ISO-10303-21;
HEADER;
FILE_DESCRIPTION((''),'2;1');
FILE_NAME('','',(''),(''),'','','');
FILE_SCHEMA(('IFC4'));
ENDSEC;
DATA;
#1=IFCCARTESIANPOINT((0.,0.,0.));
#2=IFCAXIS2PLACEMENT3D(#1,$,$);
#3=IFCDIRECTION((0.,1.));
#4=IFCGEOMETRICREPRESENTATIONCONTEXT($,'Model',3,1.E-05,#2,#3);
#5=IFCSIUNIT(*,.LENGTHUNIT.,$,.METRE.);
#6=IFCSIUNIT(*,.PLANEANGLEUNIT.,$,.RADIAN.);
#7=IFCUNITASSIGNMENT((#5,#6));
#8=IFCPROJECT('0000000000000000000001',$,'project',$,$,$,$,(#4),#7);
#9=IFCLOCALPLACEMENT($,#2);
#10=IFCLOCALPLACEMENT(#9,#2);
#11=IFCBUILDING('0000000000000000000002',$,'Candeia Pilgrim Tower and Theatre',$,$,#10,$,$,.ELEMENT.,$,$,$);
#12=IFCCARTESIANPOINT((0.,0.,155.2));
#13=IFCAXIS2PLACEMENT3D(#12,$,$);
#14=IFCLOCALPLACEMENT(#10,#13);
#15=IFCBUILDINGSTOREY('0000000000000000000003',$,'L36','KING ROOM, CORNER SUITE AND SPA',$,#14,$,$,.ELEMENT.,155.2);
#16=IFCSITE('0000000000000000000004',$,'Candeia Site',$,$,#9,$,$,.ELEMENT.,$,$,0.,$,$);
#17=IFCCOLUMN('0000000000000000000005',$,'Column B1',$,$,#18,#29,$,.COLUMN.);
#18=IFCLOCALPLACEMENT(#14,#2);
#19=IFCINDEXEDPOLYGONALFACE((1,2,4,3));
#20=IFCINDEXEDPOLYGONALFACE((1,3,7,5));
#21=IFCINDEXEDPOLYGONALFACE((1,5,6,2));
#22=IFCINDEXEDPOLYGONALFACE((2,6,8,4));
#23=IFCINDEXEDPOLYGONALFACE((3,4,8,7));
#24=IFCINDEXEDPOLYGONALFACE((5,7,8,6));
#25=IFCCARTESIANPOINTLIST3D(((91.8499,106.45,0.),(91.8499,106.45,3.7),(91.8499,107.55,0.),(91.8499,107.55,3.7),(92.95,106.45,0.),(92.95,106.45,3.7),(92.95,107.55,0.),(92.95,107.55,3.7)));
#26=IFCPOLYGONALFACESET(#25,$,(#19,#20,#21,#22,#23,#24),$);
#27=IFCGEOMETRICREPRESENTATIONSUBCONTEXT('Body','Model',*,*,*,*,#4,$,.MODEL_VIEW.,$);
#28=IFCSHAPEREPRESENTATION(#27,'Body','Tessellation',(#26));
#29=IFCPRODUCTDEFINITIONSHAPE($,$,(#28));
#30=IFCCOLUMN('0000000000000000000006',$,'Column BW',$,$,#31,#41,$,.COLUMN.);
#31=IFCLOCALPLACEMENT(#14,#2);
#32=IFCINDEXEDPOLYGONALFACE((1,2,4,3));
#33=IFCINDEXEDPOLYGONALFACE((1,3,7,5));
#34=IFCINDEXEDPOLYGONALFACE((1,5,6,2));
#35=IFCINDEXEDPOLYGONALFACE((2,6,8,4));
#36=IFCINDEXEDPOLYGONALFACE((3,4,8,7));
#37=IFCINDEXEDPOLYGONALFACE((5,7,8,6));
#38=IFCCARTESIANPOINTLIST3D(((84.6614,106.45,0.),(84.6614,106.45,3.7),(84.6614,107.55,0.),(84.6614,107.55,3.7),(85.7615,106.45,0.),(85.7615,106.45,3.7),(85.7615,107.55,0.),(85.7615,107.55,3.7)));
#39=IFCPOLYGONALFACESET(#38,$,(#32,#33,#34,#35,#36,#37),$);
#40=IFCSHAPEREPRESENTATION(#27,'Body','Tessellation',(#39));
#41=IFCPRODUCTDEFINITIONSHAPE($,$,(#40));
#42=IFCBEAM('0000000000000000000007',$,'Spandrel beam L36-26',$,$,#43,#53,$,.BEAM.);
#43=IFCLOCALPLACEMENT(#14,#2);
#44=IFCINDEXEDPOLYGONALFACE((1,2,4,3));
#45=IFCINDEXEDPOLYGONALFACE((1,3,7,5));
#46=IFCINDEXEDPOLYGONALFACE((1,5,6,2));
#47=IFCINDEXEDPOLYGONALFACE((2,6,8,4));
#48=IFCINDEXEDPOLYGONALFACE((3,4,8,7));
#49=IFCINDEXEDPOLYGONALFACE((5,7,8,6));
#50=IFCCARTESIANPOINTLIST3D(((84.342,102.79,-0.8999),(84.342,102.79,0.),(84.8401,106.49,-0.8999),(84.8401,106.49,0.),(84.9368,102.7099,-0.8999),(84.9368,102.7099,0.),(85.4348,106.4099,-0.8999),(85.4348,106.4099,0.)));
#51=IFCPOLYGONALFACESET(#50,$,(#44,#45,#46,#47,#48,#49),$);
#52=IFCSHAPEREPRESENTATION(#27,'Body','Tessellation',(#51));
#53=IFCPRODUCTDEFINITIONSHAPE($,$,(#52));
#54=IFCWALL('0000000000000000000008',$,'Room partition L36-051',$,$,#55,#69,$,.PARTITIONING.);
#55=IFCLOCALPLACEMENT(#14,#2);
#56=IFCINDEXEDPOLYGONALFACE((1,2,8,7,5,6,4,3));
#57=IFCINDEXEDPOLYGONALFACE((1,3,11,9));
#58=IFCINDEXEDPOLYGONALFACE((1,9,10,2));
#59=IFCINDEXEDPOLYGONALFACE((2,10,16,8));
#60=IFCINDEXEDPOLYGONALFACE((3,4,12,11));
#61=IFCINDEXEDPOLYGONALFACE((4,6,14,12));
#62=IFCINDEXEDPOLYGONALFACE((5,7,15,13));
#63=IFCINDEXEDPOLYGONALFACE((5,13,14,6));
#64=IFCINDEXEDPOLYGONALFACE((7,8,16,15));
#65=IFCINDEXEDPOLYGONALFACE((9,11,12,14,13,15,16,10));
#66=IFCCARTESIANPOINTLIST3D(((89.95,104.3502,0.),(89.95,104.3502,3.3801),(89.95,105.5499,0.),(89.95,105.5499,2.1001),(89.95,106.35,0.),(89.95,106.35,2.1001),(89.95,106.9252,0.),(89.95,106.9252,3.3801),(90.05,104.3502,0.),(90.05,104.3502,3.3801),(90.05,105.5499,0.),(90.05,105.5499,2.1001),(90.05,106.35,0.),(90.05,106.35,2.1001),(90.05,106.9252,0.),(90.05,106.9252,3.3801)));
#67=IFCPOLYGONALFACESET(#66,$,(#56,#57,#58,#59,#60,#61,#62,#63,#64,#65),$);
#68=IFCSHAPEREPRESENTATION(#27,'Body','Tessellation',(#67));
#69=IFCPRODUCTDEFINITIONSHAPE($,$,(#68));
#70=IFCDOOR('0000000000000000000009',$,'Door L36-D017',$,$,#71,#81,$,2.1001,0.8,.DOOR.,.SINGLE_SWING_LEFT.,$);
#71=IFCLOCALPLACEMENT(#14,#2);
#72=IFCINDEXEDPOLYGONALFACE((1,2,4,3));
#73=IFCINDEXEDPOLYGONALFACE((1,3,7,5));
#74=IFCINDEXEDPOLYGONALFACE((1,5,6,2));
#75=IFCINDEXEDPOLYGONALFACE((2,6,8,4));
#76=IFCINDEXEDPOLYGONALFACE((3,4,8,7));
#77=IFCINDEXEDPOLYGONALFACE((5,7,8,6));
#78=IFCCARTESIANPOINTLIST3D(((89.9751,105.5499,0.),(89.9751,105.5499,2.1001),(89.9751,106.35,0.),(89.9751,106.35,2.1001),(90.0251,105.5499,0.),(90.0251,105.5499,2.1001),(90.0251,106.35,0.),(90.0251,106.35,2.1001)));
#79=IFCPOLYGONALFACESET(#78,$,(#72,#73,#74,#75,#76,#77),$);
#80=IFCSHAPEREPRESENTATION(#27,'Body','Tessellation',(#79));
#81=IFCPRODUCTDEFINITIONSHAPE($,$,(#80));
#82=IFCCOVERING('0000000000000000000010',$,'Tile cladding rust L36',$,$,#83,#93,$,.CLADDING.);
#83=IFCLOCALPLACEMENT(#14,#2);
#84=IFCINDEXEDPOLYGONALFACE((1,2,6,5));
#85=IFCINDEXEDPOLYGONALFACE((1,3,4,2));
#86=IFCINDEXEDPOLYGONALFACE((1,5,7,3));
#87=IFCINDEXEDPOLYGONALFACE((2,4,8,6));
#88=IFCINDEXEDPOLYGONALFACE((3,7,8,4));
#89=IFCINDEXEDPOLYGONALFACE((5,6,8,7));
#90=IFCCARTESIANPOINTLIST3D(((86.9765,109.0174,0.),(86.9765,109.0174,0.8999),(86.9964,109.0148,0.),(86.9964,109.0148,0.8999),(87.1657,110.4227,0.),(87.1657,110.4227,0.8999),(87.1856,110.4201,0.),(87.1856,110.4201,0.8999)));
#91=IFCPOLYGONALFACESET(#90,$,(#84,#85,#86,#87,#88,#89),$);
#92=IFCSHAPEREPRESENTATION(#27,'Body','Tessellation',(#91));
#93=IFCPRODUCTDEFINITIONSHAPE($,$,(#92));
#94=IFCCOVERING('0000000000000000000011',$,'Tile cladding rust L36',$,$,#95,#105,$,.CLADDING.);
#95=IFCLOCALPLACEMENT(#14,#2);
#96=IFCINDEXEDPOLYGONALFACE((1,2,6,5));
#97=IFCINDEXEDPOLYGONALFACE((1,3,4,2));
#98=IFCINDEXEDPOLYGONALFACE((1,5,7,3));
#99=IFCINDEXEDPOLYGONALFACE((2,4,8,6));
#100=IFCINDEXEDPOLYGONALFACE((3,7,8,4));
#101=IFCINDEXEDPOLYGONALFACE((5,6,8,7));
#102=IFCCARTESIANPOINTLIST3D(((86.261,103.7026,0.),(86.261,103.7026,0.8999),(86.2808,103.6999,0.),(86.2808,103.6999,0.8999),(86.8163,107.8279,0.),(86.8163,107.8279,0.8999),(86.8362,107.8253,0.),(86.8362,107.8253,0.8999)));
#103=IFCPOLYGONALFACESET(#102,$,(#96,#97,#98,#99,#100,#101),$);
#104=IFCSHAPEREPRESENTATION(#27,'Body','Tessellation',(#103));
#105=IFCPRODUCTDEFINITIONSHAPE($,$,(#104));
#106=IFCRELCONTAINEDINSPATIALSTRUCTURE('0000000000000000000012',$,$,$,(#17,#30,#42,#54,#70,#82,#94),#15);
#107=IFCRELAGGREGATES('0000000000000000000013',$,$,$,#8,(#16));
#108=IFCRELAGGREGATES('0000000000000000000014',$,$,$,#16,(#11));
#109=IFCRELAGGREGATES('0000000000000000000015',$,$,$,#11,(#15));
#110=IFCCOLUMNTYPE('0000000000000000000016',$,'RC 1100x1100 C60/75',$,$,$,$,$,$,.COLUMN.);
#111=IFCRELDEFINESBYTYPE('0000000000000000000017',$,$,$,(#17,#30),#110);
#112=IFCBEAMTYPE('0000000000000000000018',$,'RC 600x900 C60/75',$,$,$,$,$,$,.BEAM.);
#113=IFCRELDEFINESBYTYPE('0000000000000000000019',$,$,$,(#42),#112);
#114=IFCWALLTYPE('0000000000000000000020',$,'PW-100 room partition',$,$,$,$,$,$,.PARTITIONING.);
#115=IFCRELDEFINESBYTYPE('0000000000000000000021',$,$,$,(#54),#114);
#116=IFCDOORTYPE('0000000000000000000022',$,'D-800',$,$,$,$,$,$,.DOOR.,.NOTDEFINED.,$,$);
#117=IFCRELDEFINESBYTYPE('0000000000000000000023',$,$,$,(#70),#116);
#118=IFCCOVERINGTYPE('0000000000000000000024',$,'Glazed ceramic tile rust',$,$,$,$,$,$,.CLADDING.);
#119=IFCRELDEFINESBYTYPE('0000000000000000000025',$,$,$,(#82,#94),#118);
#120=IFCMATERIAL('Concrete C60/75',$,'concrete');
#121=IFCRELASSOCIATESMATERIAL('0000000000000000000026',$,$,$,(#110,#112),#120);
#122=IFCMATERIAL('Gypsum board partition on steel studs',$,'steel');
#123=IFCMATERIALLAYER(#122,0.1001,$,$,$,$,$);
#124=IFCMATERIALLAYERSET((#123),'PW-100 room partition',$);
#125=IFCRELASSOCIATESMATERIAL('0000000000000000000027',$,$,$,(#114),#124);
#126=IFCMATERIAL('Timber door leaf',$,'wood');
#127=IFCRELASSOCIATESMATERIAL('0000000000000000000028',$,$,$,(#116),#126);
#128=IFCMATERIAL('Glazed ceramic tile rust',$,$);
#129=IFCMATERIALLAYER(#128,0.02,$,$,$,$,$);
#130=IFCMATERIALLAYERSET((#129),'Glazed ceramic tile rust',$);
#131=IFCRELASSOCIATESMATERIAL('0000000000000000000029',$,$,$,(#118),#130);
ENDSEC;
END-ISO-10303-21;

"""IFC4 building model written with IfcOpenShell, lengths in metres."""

from ifc_helpers import new_model, si_unit, direction, frame, frame_2d, origin, origin_2d, place, context, subcontext, project, spatial, rectangle, extrude, material, layer, layer_set, material_profile, profile_set, type_object, element, fill, save


model = new_model("IFC4")

# Units and contexts
model_context = context("Model", 3, precision=1e-05, world=origin(), true_north=direction((0.0, 1.0)))
body_context = subcontext(model_context, "Body", "Model", "MODEL_VIEW")
ifc_project = project(units=[si_unit("LENGTHUNIT", "METRE"), si_unit("PLANEANGLEUNIT", "RADIAN")], contexts=[model_context])

# Site, building, storey
site_placement = place(None, origin())
site = spatial("IfcSite", under=ifc_project, at=site_placement, Name="Candeia Site", CompositionType="ELEMENT", RefElevation=0.0)
building_placement = place(site_placement, origin())
building = spatial("IfcBuilding", under=site, at=building_placement, Name="Candeia Pilgrim Tower and Theatre", CompositionType="ELEMENT")
storey_placement = place(building_placement, frame((0.0, 0.0, 155.2)))
storey = spatial("IfcBuildingStorey", under=building, at=storey_placement, Name="L36", Description="KING ROOM, CORNER SUITE AND SPA", CompositionType="ELEMENT", Elevation=155.2)

# Columns
ifc_material_1 = material(Name="Concrete C60/75", Category="concrete")
ifc_material_profile_1 = material_profile(ifc_material_1, rectangle(XDim=1.1001, YDim=1.1001, at=origin_2d()))
ifc_profile_set_1 = profile_set([ifc_material_profile_1], Name="Concrete C60/75")
column_type = type_object("IfcColumnType", Name="RC 1100x1100 C60/75", PredefinedType="COLUMN", material=ifc_profile_set_1)
for number, where, z_axis, x_axis, name in (
    (1, (92.3999, 107.0, 0.0), (0.0, 0.0, 1.0), (1.0, 0.0, 0.0), "Column B1"),
    (2, (85.2114, 107.0, 0.0), (0.0, 0.0, 1.0), (1.0, 0.0, 0.0), "Column BW"),
):
    element("IfcColumn", number, at=place(storey_placement, frame(where, z_axis=z_axis, x_axis=x_axis)), inside=storey, type_object=column_type, Name=name, PredefinedType="COLUMN", context=body_context, shape_type="SweptSolid", body=[
        extrude(rectangle(XDim=1.1001, YDim=1.1001, at=origin_2d()), origin(), (0.0, 0.0, 1.0), 3.7),
    ])

# Beam
ifc_material_profile_2 = material_profile(ifc_material_1, rectangle(XDim=0.6001, YDim=0.8999, at=origin_2d()))
ifc_profile_set_2 = profile_set([ifc_material_profile_2], Name="Concrete C60/75")
beam_type = type_object("IfcBeamType", Name="RC 600x900 C60/75", PredefinedType="BEAM", material=ifc_profile_set_2)
beam_placement = place(storey_placement, frame((85.1375, 106.45, -0.45), z_axis=(-0.133406, -0.991061, 0.0), x_axis=(0.991061, -0.133406, 0.0)))
element("IfcBeam", 3, at=beam_placement, inside=storey, type_object=beam_type, Name="Spandrel beam L36-26", PredefinedType="BEAM", context=body_context, shape_type="SweptSolid", body=[
    extrude(rectangle(XDim=0.6001, YDim=0.8999, at=origin_2d()), origin(), (0.0, 0.0, 1.0), 3.7334),
])

# Wall, opening, door
ifc_material_2 = material(Name="Gypsum board partition on steel studs", Category="steel")
ifc_layer_1 = layer(ifc_material_2, 0.1001)
ifc_layer_set_1 = layer_set([ifc_layer_1], Name="PW-100 room partition")
wall_type_1 = type_object("IfcWallType", Name="PW-100 room partition", PredefinedType="PARTITIONING", material=ifc_layer_set_1)
wall_1_placement = place(storey_placement, frame((90.0, 104.3501, 0.0), z_axis=(0.0, 0.0, 1.0), x_axis=(0.0, 1.0, 0.0)))
wall_1 = element("IfcWall", 4, at=wall_1_placement, inside=storey, type_object=wall_type_1, Name="Room partition L36-051", PredefinedType="PARTITIONING", context=body_context, shape_type="SweptSolid", body=[
    extrude(rectangle(XDim=2.575, YDim=0.1001, at=frame_2d((1.2876, 0.0))), origin(), (0.0, 0.0, 1.0), 3.3801),
])
opening_1_placement = place(wall_1_placement, frame((1.2, 0.0, 0.0)))
opening_1 = element("IfcOpeningElement", 5, at=opening_1_placement, cuts=wall_1, PredefinedType="OPENING", context=body_context, shape_type="SweptSolid", body=[
    extrude(rectangle(XDim=0.8, YDim=2.1001, at=frame_2d((0.3999, 1.05))), frame((0.0, 0.0601, 0.0), z_axis=(0.0, -1.0, 0.0), x_axis=(1.0, 0.0, 0.0)), (0.0, 0.0, 1.0), 0.1201),
])
ifc_material_3 = material(Name="Timber door leaf", Category="wood")
door_type_1 = type_object("IfcDoorType", Name="D-800", OperationType="NOTDEFINED", PredefinedType="DOOR", material=ifc_material_3)
door_1_placement = place(opening_1_placement, origin())
door_1 = element("IfcDoor", 6, at=door_1_placement, inside=storey, type_object=door_type_1, Name="Door L36-D017", OperationType="SINGLE_SWING_LEFT", OverallHeight=2.1001, OverallWidth=0.8, PredefinedType="DOOR", context=body_context, shape_type="SweptSolid", body=[
    extrude(rectangle(XDim=0.8, YDim=2.1001, at=frame_2d((0.3999, 1.05))), frame((0.0, 0.0249, 0.0), z_axis=(0.0, -1.0, 0.0), x_axis=(1.0, 0.0, 0.0)), (0.0, 0.0, 1.0), 0.05),
])
fill(opening_1, door_1)

# Coverings
ifc_material_4 = material(Name="Glazed ceramic tile rust")
ifc_layer_2 = layer(ifc_material_4, 0.02)
ifc_layer_set_2 = layer_set([ifc_layer_2], Name="Glazed ceramic tile rust")
covering_type = type_object("IfcCoveringType", Name="Glazed ceramic tile rust", PredefinedType="CLADDING", material=ifc_layer_set_2)
covering_1_placement = place(storey_placement, frame((87.0811, 109.7188, 0.0), z_axis=(0.0, 0.0, 1.0), x_axis=(-0.133412, -0.991061, 0.0)))
element("IfcCovering", 7, at=covering_1_placement, inside=storey, type_object=covering_type, Name="Tile cladding rust L36", PredefinedType="CLADDING", context=body_context, shape_type="SweptSolid", body=[
    extrude(rectangle(XDim=1.418, YDim=0.02, at=origin_2d()), origin(), (0.0, 0.0, 1.0), 0.8999),
])
covering_2_placement = place(storey_placement, frame((86.5486, 105.7639, 0.0), z_axis=(0.0, 0.0, 1.0), x_axis=(-0.133412, -0.991061, 0.0)))
element("IfcCovering", 8, at=covering_2_placement, inside=storey, type_object=covering_type, Name="Tile cladding rust L36", PredefinedType="CLADDING", context=body_context, shape_type="SweptSolid", body=[
    extrude(rectangle(XDim=4.1626, YDim=0.02, at=origin_2d()), origin(), (0.0, 0.0, 1.0), 0.8999),
])

save(model, "model.ifc")
